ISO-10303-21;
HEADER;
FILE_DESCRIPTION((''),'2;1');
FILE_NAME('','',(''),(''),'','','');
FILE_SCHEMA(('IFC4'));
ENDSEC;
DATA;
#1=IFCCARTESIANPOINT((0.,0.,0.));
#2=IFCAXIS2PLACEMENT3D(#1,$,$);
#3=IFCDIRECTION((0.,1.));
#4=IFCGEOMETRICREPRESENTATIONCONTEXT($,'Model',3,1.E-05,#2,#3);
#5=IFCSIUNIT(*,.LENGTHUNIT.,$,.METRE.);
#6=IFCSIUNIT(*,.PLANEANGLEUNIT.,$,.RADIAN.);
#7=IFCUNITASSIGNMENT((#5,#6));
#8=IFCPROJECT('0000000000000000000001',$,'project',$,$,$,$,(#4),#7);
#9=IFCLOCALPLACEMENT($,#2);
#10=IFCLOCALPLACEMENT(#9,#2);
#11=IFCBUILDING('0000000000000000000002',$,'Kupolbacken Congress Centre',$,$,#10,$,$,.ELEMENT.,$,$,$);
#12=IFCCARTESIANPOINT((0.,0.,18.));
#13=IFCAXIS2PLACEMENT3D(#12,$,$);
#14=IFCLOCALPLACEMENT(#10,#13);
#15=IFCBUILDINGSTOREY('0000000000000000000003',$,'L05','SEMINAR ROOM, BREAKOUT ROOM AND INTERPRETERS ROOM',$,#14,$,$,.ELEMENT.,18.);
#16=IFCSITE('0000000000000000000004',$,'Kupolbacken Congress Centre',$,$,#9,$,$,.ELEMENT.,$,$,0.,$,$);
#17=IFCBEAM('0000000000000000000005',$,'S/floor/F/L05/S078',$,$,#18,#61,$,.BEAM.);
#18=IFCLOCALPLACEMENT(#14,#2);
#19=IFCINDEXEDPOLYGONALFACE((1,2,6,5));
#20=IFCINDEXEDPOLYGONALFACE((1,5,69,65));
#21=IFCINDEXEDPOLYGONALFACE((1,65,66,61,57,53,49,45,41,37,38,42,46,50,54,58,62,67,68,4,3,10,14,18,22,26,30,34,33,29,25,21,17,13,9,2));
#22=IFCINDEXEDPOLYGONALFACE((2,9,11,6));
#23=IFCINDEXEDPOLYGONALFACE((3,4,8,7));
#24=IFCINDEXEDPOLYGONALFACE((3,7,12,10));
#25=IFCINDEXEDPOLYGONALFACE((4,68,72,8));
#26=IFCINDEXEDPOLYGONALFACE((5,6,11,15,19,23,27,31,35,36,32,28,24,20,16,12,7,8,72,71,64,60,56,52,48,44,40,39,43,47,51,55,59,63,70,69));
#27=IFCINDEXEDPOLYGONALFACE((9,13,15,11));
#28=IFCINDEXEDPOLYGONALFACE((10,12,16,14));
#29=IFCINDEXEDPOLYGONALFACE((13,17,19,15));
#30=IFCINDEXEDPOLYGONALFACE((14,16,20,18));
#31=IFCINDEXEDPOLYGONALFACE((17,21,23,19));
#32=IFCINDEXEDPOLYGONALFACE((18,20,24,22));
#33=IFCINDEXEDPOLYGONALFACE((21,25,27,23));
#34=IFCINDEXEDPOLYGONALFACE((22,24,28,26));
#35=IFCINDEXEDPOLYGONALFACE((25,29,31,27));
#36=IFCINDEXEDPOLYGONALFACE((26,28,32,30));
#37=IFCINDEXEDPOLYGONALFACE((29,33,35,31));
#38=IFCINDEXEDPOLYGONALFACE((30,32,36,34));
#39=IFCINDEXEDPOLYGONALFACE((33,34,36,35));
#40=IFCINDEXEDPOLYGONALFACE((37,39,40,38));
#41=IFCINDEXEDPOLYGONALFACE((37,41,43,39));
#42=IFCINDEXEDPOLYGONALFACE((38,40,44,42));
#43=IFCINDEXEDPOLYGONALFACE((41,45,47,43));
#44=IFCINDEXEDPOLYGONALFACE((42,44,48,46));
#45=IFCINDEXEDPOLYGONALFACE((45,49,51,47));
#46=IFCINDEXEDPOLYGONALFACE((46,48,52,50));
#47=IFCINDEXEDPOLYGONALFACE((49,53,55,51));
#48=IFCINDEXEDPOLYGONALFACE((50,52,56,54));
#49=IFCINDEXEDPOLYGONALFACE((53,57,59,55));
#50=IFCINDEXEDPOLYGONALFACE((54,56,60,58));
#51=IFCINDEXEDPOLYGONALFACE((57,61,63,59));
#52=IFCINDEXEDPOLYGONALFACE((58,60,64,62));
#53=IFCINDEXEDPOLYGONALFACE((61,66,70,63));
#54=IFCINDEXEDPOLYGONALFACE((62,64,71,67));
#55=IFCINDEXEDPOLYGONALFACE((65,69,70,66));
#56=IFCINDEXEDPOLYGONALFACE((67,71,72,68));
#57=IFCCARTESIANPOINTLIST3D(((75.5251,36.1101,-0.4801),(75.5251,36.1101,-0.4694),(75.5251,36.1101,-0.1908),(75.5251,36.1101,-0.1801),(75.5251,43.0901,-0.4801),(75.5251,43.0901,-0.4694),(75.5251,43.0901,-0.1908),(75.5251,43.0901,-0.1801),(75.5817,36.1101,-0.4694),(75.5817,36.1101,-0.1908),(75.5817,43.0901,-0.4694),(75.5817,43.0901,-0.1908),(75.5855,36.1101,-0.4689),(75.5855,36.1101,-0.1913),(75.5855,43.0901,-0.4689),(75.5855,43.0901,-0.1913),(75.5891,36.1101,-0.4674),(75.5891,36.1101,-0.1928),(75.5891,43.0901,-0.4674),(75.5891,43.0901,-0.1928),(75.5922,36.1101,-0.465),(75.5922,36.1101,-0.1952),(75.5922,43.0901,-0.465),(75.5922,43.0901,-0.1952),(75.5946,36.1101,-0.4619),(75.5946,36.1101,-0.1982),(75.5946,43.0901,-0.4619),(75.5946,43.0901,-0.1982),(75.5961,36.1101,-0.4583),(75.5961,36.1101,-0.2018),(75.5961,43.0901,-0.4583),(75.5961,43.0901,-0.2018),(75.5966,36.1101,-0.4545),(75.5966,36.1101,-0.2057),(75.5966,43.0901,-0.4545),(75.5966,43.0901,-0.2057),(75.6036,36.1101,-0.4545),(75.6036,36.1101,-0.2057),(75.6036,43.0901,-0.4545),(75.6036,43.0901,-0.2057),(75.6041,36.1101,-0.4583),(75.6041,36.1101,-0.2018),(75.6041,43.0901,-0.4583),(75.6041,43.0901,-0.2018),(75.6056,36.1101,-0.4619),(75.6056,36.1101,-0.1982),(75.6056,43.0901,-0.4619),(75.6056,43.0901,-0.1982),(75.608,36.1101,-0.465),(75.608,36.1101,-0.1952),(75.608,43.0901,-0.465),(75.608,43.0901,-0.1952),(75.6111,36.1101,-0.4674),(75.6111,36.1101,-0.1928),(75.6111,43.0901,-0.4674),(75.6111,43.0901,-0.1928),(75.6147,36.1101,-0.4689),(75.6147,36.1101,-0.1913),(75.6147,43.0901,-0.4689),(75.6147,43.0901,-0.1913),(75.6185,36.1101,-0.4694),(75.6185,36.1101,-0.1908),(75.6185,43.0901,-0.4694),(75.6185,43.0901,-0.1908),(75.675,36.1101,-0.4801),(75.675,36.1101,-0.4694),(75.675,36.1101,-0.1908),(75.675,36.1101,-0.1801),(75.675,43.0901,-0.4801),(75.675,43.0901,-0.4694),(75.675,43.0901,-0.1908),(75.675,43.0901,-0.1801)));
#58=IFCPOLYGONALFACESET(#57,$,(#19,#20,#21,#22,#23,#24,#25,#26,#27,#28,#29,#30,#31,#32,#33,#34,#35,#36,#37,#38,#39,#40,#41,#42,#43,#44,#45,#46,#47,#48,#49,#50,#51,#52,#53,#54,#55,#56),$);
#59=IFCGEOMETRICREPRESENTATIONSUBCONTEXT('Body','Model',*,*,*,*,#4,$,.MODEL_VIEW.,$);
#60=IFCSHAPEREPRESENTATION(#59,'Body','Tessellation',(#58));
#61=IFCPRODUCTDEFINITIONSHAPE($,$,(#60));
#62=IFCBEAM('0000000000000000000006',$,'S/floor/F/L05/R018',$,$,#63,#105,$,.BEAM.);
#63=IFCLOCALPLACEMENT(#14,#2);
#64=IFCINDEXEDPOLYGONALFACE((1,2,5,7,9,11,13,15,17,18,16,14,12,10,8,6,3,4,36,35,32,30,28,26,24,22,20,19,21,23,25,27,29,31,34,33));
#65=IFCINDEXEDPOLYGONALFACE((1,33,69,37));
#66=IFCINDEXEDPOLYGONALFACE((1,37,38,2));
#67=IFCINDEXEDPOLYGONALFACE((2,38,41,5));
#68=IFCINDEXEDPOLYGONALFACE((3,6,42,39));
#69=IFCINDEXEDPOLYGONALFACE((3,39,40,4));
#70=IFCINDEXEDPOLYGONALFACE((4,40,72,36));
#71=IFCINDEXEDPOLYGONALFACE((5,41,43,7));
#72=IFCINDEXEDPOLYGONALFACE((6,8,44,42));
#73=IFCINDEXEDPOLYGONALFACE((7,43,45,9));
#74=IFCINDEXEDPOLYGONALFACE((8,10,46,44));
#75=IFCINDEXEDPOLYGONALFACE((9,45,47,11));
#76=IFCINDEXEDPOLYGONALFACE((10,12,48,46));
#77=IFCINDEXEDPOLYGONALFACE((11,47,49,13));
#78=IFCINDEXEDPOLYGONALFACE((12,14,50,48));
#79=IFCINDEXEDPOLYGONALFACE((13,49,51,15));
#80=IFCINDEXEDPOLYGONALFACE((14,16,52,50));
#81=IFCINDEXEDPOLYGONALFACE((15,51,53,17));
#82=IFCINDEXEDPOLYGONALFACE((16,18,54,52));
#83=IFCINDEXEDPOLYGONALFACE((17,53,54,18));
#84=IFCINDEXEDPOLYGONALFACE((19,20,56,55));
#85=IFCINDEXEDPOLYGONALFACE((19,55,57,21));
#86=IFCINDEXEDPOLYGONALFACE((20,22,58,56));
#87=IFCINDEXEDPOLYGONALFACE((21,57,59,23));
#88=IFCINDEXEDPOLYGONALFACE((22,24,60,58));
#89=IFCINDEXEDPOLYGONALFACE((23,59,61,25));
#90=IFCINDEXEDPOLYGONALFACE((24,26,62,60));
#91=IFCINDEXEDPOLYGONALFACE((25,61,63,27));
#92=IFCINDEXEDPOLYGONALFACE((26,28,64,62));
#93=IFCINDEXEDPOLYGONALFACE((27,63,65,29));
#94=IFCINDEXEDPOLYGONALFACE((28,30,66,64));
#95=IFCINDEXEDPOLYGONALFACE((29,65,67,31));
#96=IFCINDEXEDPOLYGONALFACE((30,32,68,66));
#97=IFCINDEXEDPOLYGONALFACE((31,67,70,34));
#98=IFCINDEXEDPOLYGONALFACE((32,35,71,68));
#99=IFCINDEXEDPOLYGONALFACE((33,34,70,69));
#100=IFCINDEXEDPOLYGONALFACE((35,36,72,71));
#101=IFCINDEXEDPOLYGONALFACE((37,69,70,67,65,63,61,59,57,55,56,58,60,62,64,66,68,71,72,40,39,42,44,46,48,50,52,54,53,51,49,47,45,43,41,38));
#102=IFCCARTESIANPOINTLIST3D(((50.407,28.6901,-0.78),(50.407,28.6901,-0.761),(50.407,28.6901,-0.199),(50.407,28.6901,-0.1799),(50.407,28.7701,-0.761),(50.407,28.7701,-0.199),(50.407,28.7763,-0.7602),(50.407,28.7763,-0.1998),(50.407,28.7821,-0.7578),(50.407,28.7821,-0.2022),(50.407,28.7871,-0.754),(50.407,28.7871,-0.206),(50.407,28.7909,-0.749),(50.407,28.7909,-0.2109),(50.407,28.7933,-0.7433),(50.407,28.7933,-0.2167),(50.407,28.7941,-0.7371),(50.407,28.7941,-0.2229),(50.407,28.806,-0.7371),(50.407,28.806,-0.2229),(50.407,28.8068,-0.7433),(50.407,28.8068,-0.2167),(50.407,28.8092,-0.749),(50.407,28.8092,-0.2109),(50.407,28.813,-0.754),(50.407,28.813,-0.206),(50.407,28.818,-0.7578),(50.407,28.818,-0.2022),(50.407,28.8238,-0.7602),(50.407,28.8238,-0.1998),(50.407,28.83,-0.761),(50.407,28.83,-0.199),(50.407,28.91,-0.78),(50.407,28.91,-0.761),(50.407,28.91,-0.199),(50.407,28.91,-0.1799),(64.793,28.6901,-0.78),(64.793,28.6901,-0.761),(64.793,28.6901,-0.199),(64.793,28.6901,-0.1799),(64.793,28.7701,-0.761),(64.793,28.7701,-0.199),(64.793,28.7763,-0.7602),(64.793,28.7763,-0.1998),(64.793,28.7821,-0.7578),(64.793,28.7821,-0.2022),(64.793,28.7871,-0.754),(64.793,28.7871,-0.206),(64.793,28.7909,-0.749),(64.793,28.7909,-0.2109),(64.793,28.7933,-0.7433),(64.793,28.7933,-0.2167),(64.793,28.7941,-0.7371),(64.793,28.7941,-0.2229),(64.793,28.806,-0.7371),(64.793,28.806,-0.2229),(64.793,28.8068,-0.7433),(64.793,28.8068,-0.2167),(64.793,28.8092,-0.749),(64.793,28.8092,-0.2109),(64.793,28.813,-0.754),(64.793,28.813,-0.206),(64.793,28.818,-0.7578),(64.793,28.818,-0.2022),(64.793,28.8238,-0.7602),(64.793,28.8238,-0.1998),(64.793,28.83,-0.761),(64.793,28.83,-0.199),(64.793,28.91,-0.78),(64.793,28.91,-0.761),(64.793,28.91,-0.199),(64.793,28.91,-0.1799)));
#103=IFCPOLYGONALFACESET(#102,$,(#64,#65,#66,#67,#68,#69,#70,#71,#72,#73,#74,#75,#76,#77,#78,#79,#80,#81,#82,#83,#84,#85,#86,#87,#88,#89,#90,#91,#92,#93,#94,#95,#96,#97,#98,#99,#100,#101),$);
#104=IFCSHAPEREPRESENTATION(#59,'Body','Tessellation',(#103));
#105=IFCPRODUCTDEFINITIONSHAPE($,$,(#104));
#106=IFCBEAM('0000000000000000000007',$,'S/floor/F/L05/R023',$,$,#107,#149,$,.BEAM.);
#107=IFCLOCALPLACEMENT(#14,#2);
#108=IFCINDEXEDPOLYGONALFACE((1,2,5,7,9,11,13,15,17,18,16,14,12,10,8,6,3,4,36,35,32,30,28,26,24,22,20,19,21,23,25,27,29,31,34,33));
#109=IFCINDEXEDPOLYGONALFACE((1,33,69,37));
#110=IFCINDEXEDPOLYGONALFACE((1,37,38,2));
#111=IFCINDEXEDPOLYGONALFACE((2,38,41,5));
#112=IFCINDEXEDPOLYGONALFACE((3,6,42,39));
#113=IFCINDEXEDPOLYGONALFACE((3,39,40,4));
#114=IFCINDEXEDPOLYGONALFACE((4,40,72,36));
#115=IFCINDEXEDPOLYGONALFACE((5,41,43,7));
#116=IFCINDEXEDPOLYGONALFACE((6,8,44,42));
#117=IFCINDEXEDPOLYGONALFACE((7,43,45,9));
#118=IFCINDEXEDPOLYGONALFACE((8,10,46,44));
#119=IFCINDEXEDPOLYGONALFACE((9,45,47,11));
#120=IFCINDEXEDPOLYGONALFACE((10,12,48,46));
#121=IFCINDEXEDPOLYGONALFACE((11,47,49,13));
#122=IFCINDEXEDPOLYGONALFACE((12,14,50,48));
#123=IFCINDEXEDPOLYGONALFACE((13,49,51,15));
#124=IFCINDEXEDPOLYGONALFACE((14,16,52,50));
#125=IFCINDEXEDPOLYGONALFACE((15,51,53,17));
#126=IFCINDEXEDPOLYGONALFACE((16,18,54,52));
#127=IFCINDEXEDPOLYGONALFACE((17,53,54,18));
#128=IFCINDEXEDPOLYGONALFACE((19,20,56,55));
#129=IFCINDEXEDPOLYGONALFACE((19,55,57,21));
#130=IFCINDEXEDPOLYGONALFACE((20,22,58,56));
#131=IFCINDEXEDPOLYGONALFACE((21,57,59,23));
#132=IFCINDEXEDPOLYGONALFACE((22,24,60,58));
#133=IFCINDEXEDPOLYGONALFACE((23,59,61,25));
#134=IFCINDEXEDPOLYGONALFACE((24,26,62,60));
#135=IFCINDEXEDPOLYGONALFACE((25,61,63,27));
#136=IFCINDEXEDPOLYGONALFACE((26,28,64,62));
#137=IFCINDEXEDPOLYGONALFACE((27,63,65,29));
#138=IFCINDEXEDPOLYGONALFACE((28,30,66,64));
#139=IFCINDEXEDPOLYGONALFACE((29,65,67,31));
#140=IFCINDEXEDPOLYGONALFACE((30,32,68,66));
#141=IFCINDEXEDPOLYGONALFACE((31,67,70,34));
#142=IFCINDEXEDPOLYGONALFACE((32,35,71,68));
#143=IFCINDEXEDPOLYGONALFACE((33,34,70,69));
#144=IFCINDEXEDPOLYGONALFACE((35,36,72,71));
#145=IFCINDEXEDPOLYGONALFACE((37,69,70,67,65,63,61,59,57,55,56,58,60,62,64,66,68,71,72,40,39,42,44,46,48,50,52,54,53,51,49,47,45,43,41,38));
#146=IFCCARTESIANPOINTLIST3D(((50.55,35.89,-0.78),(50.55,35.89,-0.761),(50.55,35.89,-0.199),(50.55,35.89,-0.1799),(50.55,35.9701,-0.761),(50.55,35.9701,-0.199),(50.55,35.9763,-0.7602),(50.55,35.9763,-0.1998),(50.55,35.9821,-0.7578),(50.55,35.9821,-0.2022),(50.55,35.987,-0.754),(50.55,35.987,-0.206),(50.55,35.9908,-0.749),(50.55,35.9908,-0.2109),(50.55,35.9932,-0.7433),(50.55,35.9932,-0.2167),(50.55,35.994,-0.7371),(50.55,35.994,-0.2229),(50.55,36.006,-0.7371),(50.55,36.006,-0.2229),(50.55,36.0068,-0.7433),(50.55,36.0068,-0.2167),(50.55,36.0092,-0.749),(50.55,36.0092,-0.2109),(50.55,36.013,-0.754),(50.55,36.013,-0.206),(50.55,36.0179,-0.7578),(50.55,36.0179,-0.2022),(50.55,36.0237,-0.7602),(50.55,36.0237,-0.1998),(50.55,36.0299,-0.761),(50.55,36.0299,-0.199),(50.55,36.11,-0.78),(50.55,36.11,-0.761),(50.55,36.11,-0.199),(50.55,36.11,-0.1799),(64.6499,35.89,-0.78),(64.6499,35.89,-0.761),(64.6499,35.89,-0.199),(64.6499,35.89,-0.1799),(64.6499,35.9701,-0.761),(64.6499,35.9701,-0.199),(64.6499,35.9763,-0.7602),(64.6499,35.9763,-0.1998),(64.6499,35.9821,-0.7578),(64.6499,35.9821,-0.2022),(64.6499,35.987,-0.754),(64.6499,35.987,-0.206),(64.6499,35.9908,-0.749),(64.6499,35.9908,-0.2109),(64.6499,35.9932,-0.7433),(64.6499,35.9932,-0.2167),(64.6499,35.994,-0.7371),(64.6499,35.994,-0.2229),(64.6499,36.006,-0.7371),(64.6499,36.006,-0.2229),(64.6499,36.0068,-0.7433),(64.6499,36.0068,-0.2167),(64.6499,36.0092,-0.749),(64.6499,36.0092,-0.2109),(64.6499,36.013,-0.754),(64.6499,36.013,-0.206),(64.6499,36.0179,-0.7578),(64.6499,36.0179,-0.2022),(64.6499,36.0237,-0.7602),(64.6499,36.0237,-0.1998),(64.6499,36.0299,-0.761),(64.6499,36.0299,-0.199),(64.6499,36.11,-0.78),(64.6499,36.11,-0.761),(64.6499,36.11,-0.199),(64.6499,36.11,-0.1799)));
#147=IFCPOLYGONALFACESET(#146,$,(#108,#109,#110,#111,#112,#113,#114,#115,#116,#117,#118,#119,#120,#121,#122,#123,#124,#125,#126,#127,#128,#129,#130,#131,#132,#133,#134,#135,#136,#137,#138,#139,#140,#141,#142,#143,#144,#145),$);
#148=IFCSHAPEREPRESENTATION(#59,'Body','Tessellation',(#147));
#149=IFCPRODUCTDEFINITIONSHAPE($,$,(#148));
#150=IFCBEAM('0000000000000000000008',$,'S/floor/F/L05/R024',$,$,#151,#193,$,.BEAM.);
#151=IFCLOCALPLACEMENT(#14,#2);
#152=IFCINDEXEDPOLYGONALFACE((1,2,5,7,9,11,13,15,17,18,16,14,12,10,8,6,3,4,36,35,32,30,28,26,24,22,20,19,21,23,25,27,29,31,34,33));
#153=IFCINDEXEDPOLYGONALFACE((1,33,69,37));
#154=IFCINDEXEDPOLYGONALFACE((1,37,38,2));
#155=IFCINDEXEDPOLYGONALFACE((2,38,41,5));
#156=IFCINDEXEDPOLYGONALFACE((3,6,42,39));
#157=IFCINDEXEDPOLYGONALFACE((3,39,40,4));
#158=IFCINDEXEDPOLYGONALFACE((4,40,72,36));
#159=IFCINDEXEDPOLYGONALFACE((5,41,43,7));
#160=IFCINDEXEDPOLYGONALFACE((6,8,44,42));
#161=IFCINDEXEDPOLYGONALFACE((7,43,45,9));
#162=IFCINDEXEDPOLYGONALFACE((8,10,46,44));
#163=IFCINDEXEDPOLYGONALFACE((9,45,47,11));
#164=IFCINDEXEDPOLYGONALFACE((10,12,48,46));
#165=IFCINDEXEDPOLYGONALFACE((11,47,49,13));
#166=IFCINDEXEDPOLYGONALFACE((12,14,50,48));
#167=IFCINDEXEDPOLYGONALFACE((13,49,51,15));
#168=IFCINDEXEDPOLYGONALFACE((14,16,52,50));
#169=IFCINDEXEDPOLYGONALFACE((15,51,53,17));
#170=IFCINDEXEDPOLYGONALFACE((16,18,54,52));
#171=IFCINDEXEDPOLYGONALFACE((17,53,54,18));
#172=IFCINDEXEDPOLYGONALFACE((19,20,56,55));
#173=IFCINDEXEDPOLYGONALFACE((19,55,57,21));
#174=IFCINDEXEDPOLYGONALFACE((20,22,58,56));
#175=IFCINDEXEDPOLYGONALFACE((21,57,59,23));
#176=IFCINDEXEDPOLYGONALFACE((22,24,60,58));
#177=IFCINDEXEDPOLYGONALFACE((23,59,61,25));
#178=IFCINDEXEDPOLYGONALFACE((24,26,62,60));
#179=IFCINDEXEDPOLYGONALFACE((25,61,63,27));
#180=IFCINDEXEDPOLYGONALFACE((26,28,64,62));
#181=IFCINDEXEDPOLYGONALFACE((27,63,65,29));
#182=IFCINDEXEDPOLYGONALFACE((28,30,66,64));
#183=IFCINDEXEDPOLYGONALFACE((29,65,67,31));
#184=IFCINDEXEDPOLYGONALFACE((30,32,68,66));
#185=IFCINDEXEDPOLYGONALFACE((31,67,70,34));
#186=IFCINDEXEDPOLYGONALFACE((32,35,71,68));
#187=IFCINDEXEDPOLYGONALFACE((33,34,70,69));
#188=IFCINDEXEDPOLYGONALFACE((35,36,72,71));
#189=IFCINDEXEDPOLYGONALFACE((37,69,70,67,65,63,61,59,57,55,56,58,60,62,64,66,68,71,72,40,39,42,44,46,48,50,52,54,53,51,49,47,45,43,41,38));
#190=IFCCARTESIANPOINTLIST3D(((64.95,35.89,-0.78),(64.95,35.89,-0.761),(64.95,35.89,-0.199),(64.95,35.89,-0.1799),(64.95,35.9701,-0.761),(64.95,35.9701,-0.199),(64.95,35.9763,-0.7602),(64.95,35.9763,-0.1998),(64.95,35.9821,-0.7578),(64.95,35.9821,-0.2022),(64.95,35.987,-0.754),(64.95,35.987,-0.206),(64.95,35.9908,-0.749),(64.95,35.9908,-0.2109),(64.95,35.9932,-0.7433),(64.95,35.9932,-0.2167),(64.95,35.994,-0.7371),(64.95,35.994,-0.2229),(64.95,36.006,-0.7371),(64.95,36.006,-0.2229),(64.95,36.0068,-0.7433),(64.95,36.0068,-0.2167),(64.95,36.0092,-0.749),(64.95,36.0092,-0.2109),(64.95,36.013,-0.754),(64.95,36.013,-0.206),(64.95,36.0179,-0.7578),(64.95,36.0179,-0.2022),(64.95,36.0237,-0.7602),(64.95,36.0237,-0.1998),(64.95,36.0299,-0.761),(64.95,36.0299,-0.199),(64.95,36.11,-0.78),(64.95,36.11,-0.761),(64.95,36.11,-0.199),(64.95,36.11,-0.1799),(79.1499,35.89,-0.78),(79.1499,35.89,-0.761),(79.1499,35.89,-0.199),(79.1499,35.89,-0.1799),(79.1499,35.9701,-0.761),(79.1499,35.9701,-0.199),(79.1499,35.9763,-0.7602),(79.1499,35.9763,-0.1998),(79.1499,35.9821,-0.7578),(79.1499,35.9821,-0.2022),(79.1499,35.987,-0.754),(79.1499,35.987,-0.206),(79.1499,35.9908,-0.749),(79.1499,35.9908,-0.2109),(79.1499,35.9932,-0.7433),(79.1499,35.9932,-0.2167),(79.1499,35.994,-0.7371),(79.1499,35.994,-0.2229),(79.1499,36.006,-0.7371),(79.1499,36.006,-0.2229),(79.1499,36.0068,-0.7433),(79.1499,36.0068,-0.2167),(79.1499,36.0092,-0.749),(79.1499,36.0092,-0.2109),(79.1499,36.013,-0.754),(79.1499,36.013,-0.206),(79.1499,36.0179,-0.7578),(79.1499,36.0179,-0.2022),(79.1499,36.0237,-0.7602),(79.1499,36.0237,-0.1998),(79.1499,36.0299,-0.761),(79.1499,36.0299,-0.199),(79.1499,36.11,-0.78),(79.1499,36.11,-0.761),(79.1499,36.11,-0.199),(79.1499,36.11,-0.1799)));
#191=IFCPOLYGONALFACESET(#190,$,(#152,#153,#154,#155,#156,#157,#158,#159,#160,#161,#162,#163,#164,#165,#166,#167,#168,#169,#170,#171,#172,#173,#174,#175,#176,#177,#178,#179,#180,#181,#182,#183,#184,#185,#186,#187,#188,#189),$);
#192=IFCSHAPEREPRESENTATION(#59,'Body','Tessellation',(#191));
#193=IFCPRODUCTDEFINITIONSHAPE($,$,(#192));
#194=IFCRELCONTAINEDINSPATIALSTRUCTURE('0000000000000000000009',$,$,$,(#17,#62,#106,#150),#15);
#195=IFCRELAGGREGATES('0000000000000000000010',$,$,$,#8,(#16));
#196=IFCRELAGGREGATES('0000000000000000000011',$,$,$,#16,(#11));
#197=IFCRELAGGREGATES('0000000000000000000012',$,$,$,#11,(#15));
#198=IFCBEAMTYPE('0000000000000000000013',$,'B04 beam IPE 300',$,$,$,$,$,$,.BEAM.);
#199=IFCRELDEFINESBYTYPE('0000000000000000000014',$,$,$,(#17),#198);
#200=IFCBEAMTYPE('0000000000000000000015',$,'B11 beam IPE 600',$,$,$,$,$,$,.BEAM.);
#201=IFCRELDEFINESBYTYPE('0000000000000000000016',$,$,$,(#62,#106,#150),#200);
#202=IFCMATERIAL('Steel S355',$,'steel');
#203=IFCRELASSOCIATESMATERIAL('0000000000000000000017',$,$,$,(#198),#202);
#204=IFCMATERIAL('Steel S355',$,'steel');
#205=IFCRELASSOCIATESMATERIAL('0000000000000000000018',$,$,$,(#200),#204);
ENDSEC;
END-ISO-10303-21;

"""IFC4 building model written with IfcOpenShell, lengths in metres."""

from ifc_helpers import new_model, si_unit, direction, frame, origin, origin_2d, place, context, subcontext, project, spatial, i_section, extrude, material, material_profile, profile_set, type_object, element, save


model = new_model("IFC4")

# Units and contexts
model_context = context("Model", 3, precision=1e-05, world=origin(), true_north=direction((0.0, 1.0)))
body_context = subcontext(model_context, "Body", "Model", "MODEL_VIEW")
ifc_project = project(units=[si_unit("LENGTHUNIT", "METRE"), si_unit("PLANEANGLEUNIT", "RADIAN")], contexts=[model_context])

# Site, building, storey
site_placement = place(None, origin())
site = spatial("IfcSite", under=ifc_project, at=site_placement, Name="Kupolbacken Congress Centre", CompositionType="ELEMENT", RefElevation=0.0)
building_placement = place(site_placement, origin())
building = spatial("IfcBuilding", under=site, at=building_placement, Name="Kupolbacken Congress Centre", CompositionType="ELEMENT")
storey_placement = place(building_placement, frame((0.0, 0.0, 18.0)))
storey = spatial("IfcBuildingStorey", under=building, at=storey_placement, Name="L05", Description="SEMINAR ROOM, BREAKOUT ROOM AND INTERPRETERS ROOM", CompositionType="ELEMENT", Elevation=18.0)

# Beams
ifc_material_1 = material(Name="Steel S355", Category="steel")
ifc_material_profile_1 = material_profile(ifc_material_1, i_section(OverallWidth=0.1499, OverallDepth=0.3, WebThickness=0.0071, FlangeThickness=0.0107, FilletRadius=0.0149, at=origin_2d()), Name="IPE 300")
ifc_profile_set_1 = profile_set([ifc_material_profile_1], Name="Steel S355")
beam_type_1 = type_object("IfcBeamType", Name="B04 beam IPE 300", PredefinedType="BEAM", material=ifc_profile_set_1)
beam_1_placement = place(storey_placement, frame((75.6001, 36.1101, -0.3301), z_axis=(0.0, 1.0, 0.0), x_axis=(-1.0, 0.0, 0.0)))
element("IfcBeam", 1, at=beam_1_placement, inside=storey, type_object=beam_type_1, Name="S/floor/F/L05/S078", PredefinedType="BEAM", context=body_context, shape_type="SweptSolid", body=[
    extrude(i_section(OverallWidth=0.1499, OverallDepth=0.3, WebThickness=0.0071, FlangeThickness=0.0107, FilletRadius=0.0149, at=origin_2d()), origin(), (0.0, 0.0, 1.0), 6.98),
])
ifc_material_2 = material(Name="Steel S355", Category="steel")
ifc_material_profile_2 = material_profile(ifc_material_2, i_section(OverallWidth=0.22, OverallDepth=0.6001, WebThickness=0.012, FlangeThickness=0.019, FilletRadius=0.0239, at=origin_2d()), Name="IPE 600")
ifc_profile_set_2 = profile_set([ifc_material_profile_2], Name="Steel S355")
beam_type_2 = type_object("IfcBeamType", Name="B11 beam IPE 600", PredefinedType="BEAM", material=ifc_profile_set_2)
beam_2_placement = place(storey_placement, frame((50.407, 28.8, -0.48), z_axis=(1.0, 0.0, 0.0), x_axis=(0.0, 1.0, 0.0)))
element("IfcBeam", 2, at=beam_2_placement, inside=storey, type_object=beam_type_2, Name="S/floor/F/L05/R018", PredefinedType="BEAM", context=body_context, shape_type="SweptSolid", body=[
    extrude(i_section(OverallWidth=0.22, OverallDepth=0.6001, WebThickness=0.012, FlangeThickness=0.019, FilletRadius=0.0239, at=origin_2d()), origin(), (0.0, 0.0, 1.0), 14.386),
])
beam_3_placement = place(storey_placement, frame((50.55, 36.0, -0.48), z_axis=(1.0, 0.0, 0.0), x_axis=(0.0, 1.0, 0.0)))
element("IfcBeam", 3, at=beam_3_placement, inside=storey, type_object=beam_type_2, Name="S/floor/F/L05/R023", PredefinedType="BEAM", context=body_context, shape_type="SweptSolid", body=[
    extrude(i_section(OverallWidth=0.22, OverallDepth=0.6001, WebThickness=0.012, FlangeThickness=0.019, FilletRadius=0.0239, at=origin_2d()), origin(), (0.0, 0.0, 1.0), 14.0999),
])
beam_4_placement = place(storey_placement, frame((64.95, 36.0, -0.48), z_axis=(1.0, 0.0, 0.0), x_axis=(0.0, 1.0, 0.0)))
element("IfcBeam", 4, at=beam_4_placement, inside=storey, type_object=beam_type_2, Name="S/floor/F/L05/R024", PredefinedType="BEAM", context=body_context, shape_type="SweptSolid", body=[
    extrude(i_section(OverallWidth=0.22, OverallDepth=0.6001, WebThickness=0.012, FlangeThickness=0.019, FilletRadius=0.0239, at=origin_2d()), origin(), (0.0, 0.0, 1.0), 14.2),
])

save(model, "model.ifc")
